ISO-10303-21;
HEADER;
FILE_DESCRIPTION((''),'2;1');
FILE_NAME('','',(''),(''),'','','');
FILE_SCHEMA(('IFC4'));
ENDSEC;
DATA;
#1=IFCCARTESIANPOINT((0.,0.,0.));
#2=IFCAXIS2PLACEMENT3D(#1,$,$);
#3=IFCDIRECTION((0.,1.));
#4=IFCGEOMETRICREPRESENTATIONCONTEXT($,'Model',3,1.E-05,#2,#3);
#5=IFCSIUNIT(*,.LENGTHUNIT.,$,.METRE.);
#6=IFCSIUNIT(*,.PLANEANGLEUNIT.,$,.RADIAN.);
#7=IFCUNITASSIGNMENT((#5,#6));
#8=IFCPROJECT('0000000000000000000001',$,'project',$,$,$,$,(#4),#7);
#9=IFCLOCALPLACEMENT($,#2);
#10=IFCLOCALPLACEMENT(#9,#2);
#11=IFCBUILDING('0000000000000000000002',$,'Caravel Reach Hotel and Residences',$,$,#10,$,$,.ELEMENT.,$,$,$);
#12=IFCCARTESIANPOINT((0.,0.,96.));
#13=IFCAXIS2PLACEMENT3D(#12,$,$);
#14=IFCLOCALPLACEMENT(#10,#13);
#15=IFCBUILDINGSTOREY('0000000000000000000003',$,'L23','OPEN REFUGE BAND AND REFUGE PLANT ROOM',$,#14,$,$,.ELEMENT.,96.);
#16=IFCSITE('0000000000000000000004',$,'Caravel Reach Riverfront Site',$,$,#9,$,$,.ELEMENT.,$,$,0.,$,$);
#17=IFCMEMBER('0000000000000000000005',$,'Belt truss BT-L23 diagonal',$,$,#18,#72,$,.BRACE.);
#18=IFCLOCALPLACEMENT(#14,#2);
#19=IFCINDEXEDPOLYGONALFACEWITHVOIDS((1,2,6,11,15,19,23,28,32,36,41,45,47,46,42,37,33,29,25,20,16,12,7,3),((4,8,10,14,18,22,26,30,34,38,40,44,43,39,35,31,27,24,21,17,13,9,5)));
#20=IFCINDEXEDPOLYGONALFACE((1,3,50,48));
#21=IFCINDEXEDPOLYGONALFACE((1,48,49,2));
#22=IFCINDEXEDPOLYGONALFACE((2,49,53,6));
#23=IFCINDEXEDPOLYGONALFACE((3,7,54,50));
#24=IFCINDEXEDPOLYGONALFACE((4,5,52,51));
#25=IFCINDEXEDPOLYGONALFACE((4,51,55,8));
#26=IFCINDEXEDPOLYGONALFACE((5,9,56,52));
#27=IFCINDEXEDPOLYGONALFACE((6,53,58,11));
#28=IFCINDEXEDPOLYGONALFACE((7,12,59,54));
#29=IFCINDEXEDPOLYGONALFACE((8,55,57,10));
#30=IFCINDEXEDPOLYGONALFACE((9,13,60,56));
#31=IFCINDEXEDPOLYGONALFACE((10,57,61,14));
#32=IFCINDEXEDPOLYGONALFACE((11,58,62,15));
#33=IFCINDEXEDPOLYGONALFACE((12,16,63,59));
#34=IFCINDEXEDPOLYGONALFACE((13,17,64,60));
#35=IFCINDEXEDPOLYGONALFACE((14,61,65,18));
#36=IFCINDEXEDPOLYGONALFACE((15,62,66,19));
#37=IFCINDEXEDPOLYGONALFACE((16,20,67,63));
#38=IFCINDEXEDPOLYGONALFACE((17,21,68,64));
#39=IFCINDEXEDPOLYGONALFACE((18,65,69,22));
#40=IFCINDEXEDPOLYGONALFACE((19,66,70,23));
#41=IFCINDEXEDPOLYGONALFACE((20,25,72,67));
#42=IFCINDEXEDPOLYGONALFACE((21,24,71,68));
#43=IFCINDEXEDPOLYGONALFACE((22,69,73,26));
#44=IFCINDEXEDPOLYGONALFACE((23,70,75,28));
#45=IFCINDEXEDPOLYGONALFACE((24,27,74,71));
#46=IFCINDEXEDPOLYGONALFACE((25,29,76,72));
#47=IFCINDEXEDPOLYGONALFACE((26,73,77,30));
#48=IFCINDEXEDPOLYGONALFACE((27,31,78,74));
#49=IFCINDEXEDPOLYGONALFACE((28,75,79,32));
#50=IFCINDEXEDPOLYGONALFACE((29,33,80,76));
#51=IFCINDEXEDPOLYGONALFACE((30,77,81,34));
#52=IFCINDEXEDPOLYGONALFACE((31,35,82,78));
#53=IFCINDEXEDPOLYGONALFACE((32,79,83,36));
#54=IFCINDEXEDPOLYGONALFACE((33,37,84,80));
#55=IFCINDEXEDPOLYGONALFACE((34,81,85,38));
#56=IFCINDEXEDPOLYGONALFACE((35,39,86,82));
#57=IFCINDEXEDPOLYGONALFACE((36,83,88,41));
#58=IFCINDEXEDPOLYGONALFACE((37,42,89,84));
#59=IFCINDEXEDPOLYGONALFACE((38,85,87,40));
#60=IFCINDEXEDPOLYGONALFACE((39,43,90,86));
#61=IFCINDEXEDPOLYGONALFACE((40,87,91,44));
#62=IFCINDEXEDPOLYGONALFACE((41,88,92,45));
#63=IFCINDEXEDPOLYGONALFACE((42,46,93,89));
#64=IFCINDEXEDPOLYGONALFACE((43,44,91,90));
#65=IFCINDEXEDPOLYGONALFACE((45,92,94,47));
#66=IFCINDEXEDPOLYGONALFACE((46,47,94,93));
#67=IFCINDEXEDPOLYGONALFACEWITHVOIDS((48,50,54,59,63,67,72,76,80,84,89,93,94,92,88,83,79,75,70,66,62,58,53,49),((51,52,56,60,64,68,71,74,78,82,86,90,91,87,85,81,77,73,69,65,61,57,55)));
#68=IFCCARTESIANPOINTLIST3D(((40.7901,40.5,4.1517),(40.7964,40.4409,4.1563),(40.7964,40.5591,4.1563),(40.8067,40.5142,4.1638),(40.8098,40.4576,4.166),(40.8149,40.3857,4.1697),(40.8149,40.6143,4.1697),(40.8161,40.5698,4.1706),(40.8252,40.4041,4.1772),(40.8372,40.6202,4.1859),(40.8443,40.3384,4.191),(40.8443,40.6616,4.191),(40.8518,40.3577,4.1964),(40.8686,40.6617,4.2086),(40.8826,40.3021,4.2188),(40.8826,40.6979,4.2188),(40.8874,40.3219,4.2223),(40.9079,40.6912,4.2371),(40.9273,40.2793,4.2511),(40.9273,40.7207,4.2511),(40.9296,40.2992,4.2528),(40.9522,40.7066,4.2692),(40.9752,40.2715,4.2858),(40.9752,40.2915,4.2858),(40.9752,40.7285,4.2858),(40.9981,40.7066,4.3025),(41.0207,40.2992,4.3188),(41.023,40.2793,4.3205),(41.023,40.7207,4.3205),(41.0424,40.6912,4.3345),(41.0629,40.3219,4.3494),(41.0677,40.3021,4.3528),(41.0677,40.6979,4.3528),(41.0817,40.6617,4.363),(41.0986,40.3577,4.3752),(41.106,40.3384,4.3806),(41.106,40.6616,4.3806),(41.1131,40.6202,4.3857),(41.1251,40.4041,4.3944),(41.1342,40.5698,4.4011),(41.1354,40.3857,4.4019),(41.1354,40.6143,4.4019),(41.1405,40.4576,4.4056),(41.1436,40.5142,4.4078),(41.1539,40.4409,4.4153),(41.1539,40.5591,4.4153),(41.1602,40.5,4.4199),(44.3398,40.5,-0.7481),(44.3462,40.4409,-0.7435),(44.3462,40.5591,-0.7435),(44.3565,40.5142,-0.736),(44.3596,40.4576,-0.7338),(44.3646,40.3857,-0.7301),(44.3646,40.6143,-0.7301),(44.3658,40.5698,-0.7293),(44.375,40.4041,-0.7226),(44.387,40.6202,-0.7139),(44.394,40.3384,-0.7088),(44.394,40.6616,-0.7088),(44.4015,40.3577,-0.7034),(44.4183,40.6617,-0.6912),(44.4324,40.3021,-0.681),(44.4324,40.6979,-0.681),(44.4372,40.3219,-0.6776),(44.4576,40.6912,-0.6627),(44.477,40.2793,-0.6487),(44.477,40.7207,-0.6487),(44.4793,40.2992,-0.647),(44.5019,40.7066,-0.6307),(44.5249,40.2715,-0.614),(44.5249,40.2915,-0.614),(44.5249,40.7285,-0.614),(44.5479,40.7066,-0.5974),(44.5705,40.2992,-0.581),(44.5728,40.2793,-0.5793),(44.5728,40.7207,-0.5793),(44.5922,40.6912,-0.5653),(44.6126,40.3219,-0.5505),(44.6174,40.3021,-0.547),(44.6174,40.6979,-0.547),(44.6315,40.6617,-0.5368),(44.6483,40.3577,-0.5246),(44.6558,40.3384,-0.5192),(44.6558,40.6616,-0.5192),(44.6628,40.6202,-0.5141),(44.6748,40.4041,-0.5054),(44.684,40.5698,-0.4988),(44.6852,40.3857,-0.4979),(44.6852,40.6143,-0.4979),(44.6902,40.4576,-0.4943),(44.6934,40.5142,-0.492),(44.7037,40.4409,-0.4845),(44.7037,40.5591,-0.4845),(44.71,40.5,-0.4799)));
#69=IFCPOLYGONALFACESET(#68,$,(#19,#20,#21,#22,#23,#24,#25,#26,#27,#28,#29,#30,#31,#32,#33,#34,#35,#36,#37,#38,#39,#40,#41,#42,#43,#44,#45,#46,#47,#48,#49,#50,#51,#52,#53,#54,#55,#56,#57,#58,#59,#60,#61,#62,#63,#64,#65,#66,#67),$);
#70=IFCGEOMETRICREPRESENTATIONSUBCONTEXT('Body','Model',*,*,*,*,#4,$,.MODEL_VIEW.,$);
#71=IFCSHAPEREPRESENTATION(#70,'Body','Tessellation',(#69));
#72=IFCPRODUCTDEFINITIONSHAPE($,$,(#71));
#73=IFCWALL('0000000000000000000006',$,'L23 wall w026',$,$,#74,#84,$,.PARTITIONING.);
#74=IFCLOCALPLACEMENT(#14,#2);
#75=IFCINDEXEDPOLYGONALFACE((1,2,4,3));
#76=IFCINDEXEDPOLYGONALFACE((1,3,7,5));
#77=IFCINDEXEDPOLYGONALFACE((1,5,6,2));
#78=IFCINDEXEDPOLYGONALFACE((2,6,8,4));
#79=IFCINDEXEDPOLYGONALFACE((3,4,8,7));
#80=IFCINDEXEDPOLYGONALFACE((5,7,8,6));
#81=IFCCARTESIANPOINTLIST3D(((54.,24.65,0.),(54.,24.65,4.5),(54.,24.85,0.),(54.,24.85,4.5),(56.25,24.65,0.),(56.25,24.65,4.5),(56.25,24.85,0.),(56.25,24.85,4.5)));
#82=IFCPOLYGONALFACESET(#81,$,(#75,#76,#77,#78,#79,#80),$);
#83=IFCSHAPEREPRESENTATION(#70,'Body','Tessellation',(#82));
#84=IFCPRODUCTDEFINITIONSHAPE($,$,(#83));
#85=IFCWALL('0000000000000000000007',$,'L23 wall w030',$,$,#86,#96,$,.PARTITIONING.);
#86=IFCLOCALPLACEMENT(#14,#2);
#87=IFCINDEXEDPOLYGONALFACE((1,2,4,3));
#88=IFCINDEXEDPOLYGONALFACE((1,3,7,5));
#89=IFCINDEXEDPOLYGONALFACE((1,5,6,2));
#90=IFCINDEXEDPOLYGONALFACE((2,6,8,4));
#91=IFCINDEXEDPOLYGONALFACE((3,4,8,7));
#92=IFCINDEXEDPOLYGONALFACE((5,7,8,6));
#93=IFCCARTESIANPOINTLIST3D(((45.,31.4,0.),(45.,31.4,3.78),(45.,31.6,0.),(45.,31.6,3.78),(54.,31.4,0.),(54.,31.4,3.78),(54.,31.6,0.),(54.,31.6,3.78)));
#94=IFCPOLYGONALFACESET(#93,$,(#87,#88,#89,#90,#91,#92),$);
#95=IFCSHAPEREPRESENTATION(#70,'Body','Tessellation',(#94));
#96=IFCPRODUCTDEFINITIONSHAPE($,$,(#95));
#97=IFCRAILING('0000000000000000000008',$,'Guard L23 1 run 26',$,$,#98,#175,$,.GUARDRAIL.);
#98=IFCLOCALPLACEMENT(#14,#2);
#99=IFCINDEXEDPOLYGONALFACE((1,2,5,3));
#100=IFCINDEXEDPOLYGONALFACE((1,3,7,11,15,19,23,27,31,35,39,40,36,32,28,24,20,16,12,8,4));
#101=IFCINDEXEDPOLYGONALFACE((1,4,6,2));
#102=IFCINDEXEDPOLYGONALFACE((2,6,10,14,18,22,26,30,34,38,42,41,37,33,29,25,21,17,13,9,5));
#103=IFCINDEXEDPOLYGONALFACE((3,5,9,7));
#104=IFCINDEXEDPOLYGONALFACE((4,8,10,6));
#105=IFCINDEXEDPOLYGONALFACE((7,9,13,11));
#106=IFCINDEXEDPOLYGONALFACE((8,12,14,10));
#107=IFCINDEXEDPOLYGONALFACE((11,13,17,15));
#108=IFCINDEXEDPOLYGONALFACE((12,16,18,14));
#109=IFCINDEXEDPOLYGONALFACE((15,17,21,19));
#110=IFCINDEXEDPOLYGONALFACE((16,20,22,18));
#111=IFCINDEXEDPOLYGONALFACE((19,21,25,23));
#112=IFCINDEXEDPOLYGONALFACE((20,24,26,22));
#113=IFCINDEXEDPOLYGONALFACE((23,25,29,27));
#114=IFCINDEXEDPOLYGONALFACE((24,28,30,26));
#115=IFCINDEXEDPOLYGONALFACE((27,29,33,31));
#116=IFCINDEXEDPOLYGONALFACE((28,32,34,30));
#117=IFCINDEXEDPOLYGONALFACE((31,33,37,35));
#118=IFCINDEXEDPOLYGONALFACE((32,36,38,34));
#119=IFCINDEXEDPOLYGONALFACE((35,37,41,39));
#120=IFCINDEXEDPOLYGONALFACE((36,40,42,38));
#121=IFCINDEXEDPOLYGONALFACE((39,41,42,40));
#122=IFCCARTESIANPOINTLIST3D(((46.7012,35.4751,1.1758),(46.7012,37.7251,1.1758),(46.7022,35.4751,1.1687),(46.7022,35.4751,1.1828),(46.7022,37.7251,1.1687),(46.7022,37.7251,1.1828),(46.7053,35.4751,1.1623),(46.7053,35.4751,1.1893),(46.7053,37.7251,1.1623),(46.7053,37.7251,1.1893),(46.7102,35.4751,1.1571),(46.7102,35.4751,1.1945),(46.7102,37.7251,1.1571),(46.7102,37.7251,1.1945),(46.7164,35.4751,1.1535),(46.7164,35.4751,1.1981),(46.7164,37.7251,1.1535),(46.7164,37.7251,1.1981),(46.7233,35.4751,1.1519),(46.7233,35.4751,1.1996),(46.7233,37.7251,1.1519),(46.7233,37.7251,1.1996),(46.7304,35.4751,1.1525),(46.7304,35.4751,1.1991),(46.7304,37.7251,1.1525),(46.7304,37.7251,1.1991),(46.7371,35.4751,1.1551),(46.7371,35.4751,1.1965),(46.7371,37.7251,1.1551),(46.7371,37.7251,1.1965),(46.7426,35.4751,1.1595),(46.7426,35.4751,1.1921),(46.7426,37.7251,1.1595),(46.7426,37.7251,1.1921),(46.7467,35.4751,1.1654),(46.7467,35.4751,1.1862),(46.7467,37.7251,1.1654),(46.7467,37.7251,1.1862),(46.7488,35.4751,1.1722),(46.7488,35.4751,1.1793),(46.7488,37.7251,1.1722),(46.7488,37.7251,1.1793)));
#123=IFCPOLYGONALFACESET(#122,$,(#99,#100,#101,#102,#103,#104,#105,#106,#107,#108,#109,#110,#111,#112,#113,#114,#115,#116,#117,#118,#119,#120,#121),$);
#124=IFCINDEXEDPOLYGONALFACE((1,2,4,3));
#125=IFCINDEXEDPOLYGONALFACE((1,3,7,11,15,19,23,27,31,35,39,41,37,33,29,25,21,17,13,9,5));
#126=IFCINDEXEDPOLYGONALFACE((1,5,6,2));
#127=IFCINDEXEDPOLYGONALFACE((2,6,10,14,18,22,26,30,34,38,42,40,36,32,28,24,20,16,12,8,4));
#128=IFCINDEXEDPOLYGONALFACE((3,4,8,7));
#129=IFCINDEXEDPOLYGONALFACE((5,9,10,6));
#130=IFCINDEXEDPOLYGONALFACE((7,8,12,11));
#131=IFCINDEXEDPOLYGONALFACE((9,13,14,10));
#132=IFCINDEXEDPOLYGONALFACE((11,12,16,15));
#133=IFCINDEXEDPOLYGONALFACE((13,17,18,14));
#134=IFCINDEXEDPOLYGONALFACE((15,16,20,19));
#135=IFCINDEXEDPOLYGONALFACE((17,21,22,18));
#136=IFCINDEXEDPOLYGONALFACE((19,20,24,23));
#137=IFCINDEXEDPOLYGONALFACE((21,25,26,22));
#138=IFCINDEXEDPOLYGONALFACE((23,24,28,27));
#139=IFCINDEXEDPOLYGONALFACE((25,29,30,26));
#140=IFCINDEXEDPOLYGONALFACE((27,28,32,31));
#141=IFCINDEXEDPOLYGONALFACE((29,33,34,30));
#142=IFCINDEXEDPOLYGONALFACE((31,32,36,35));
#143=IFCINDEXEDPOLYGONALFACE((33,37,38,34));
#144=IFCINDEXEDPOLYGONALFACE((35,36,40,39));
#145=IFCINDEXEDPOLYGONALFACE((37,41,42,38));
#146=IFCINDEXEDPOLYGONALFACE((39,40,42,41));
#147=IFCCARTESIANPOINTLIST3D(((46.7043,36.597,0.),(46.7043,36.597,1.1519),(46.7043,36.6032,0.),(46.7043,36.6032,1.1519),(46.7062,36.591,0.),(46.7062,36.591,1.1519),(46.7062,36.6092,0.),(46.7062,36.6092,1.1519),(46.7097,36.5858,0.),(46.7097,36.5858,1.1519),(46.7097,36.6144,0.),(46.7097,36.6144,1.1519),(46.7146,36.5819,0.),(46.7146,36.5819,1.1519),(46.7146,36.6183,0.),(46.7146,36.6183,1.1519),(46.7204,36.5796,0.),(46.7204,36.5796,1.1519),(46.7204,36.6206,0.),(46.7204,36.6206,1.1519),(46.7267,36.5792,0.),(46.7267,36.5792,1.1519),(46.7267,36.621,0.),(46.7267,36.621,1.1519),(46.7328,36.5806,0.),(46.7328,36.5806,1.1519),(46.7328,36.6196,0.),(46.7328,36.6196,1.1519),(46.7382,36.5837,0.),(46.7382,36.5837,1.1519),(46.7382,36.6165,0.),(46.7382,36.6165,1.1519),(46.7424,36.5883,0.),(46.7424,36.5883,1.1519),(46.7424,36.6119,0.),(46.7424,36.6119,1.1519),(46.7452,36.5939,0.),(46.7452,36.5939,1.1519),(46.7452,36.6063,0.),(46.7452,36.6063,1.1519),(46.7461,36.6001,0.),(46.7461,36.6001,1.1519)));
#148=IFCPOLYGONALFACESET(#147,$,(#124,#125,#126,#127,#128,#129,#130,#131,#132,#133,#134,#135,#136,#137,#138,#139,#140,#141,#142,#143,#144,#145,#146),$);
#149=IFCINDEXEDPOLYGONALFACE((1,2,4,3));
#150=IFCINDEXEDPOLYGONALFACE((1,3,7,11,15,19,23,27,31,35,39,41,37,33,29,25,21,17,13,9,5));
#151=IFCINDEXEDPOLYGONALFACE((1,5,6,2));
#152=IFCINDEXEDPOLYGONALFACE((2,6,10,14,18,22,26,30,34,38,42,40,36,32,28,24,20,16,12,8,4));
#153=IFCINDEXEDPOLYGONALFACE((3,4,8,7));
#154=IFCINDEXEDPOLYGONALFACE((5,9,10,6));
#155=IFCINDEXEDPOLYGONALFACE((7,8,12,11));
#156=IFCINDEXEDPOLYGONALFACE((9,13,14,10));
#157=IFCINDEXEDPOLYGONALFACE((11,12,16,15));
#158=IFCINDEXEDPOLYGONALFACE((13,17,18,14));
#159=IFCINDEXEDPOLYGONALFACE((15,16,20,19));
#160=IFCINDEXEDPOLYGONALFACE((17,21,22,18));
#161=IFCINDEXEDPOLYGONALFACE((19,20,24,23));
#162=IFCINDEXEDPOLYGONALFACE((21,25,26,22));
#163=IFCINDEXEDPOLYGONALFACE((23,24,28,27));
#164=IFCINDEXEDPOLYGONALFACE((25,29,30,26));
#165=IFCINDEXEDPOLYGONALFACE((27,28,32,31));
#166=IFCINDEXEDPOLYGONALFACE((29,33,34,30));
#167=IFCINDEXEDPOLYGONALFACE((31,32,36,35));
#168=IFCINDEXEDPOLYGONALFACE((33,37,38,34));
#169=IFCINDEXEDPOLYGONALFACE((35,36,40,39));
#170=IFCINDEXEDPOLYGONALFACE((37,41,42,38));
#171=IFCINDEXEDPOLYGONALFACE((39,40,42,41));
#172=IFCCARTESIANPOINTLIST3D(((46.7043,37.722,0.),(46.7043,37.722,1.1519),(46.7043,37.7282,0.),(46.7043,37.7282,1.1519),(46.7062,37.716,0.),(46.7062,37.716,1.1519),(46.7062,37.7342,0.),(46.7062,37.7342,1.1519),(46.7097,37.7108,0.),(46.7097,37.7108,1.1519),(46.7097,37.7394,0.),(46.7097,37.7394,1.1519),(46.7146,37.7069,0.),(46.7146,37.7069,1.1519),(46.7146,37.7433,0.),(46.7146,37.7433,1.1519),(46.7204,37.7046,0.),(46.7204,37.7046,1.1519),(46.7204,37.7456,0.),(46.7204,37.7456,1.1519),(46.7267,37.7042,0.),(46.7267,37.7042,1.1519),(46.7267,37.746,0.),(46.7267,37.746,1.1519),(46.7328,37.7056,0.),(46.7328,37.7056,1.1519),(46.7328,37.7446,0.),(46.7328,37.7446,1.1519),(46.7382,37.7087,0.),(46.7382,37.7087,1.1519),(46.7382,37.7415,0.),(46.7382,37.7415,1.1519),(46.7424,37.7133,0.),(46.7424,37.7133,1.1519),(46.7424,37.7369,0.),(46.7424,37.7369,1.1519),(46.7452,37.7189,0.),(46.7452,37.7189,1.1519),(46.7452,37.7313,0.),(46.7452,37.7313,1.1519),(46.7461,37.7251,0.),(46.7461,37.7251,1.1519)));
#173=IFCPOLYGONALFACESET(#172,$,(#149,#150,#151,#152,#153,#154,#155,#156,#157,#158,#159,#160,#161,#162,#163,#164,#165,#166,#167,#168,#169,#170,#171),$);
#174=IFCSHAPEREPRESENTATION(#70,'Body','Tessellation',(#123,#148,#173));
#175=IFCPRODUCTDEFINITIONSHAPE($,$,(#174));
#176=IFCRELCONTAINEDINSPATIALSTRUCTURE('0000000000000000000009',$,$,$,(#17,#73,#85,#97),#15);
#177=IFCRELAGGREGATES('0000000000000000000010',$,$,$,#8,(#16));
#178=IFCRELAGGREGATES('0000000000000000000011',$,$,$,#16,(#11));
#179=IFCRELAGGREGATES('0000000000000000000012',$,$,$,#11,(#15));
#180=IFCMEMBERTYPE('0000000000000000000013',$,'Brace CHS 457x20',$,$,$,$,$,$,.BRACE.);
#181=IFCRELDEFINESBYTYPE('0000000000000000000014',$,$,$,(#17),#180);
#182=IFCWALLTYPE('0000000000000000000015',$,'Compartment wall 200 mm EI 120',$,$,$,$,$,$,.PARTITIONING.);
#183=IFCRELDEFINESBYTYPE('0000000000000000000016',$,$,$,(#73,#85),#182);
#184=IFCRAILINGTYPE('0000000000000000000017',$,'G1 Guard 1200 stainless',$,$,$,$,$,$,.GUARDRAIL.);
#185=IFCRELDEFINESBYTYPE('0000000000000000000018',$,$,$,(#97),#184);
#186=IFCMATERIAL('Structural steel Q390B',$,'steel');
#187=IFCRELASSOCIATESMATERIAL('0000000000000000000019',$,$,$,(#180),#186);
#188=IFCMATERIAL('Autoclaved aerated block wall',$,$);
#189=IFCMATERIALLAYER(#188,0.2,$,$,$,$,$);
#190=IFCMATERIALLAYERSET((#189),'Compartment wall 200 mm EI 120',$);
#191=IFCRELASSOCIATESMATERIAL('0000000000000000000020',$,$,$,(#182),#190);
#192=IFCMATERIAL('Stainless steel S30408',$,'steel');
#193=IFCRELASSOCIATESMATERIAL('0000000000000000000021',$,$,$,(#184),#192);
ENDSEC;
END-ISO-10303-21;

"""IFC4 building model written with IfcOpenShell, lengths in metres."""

from ifc_helpers import new_model, si_unit, direction, frame, frame_2d, origin, origin_2d, place, context, subcontext, project, spatial, rectangle, circle, hollow_circle, extrude, material, layer, layer_set, material_profile, profile_set, type_object, element, save


model = new_model("IFC4")

# Units and contexts
model_context = context("Model", 3, precision=1e-05, world=origin(), true_north=direction((0.0, 1.0)))
body_context = subcontext(model_context, "Body", "Model", "MODEL_VIEW")
ifc_project = project(units=[si_unit("LENGTHUNIT", "METRE"), si_unit("PLANEANGLEUNIT", "RADIAN")], contexts=[model_context])

# Site, building, storey
site_placement = place(None, origin())
site = spatial("IfcSite", under=ifc_project, at=site_placement, Name="Caravel Reach Riverfront Site", CompositionType="ELEMENT", RefElevation=0.0)
building_placement = place(site_placement, origin())
building = spatial("IfcBuilding", under=site, at=building_placement, Name="Caravel Reach Hotel and Residences", CompositionType="ELEMENT")
storey_placement = place(building_placement, frame((0.0, 0.0, 96.0)))
storey = spatial("IfcBuildingStorey", under=building, at=storey_placement, Name="L23", Description="OPEN REFUGE BAND AND REFUGE PLANT ROOM", CompositionType="ELEMENT", Elevation=96.0)

# Member
ifc_material_1 = material(Name="Structural steel Q390B", Category="steel")
ifc_material_profile_1 = material_profile(ifc_material_1, hollow_circle(Radius=0.2285, WallThickness=0.02, at=origin_2d()), Name="CHS 457x20")
ifc_profile_set_1 = profile_set([ifc_material_profile_1], Name="Structural steel Q390B")
member_type = type_object("IfcMemberType", Name="Brace CHS 457x20", PredefinedType="BRACE", material=ifc_profile_set_1)
member_placement = place(storey_placement, frame((44.5249, 40.5, -0.614), z_axis=(-0.586683, 0.0, 0.809817), x_axis=(0.0, -1.0, 0.0)))
element("IfcMember", 1, at=member_placement, inside=storey, type_object=member_type, Name="Belt truss BT-L23 diagonal", PredefinedType="BRACE", context=body_context, shape_type="SweptSolid", body=[
    extrude(hollow_circle(Radius=0.2285, WallThickness=0.02, at=origin_2d()), origin(), (0.0, 0.0, 1.0), 6.0505),
])

# Walls
ifc_material_2 = material(Name="Autoclaved aerated block wall")
ifc_layer = layer(ifc_material_2, 0.2)
ifc_layer_set = layer_set([ifc_layer], Name="Compartment wall 200 mm EI 120")
wall_type = type_object("IfcWallType", Name="Compartment wall 200 mm EI 120", PredefinedType="PARTITIONING", material=ifc_layer_set)
wall_1_placement = place(storey_placement, frame((54.0, 24.75, 0.0), z_axis=(0.0, 0.0, 1.0), x_axis=(1.0, 0.0, 0.0)))
element("IfcWall", 2, at=wall_1_placement, inside=storey, type_object=wall_type, Name="L23 wall w026", PredefinedType="PARTITIONING", context=body_context, shape_type="SweptSolid", body=[
    extrude(rectangle(XDim=2.25, YDim=0.2, at=frame_2d((1.125, 0.0))), origin(), (0.0, 0.0, 1.0), 4.5),
])
wall_2_placement = place(storey_placement, frame((45.0, 31.5, 0.0), z_axis=(0.0, 0.0, 1.0), x_axis=(1.0, 0.0, 0.0)))
element("IfcWall", 3, at=wall_2_placement, inside=storey, type_object=wall_type, Name="L23 wall w030", PredefinedType="PARTITIONING", context=body_context, shape_type="SweptSolid", body=[
    extrude(rectangle(XDim=9.0, YDim=0.2, at=frame_2d((4.5, 0.0))), origin(), (0.0, 0.0, 1.0), 3.78),
])

# Railing
ifc_material_3 = material(Name="Stainless steel S30408", Category="steel")
railing_type = type_object("IfcRailingType", Name="G1 Guard 1200 stainless", PredefinedType="GUARDRAIL", material=ifc_material_3)
railing_1_placement = place(storey_placement, frame((46.7251, 35.4751, 0.0)))
element("IfcRailing", 4, at=railing_1_placement, inside=storey, type_object=railing_type, Name="Guard L23 1 run 26", PredefinedType="GUARDRAIL", context=body_context, shape_type="SweptSolid", body=[
    extrude(circle(Radius=0.0239, at=origin_2d()), frame((0.0, 0.0, 1.1758), z_axis=(0.0, 1.0, 0.0), x_axis=(-1.0, 0.0, 0.0)), (0.0, 0.0, 1.0), 2.25),
    extrude(circle(Radius=0.021, at=origin_2d()), frame((0.0, 1.125, 0.0)), (0.0, 0.0, 1.0), 1.1519),
    extrude(circle(Radius=0.021, at=origin_2d()), frame((0.0, 2.25, 0.0)), (0.0, 0.0, 1.0), 1.1519),
])

save(model, "model.ifc")
